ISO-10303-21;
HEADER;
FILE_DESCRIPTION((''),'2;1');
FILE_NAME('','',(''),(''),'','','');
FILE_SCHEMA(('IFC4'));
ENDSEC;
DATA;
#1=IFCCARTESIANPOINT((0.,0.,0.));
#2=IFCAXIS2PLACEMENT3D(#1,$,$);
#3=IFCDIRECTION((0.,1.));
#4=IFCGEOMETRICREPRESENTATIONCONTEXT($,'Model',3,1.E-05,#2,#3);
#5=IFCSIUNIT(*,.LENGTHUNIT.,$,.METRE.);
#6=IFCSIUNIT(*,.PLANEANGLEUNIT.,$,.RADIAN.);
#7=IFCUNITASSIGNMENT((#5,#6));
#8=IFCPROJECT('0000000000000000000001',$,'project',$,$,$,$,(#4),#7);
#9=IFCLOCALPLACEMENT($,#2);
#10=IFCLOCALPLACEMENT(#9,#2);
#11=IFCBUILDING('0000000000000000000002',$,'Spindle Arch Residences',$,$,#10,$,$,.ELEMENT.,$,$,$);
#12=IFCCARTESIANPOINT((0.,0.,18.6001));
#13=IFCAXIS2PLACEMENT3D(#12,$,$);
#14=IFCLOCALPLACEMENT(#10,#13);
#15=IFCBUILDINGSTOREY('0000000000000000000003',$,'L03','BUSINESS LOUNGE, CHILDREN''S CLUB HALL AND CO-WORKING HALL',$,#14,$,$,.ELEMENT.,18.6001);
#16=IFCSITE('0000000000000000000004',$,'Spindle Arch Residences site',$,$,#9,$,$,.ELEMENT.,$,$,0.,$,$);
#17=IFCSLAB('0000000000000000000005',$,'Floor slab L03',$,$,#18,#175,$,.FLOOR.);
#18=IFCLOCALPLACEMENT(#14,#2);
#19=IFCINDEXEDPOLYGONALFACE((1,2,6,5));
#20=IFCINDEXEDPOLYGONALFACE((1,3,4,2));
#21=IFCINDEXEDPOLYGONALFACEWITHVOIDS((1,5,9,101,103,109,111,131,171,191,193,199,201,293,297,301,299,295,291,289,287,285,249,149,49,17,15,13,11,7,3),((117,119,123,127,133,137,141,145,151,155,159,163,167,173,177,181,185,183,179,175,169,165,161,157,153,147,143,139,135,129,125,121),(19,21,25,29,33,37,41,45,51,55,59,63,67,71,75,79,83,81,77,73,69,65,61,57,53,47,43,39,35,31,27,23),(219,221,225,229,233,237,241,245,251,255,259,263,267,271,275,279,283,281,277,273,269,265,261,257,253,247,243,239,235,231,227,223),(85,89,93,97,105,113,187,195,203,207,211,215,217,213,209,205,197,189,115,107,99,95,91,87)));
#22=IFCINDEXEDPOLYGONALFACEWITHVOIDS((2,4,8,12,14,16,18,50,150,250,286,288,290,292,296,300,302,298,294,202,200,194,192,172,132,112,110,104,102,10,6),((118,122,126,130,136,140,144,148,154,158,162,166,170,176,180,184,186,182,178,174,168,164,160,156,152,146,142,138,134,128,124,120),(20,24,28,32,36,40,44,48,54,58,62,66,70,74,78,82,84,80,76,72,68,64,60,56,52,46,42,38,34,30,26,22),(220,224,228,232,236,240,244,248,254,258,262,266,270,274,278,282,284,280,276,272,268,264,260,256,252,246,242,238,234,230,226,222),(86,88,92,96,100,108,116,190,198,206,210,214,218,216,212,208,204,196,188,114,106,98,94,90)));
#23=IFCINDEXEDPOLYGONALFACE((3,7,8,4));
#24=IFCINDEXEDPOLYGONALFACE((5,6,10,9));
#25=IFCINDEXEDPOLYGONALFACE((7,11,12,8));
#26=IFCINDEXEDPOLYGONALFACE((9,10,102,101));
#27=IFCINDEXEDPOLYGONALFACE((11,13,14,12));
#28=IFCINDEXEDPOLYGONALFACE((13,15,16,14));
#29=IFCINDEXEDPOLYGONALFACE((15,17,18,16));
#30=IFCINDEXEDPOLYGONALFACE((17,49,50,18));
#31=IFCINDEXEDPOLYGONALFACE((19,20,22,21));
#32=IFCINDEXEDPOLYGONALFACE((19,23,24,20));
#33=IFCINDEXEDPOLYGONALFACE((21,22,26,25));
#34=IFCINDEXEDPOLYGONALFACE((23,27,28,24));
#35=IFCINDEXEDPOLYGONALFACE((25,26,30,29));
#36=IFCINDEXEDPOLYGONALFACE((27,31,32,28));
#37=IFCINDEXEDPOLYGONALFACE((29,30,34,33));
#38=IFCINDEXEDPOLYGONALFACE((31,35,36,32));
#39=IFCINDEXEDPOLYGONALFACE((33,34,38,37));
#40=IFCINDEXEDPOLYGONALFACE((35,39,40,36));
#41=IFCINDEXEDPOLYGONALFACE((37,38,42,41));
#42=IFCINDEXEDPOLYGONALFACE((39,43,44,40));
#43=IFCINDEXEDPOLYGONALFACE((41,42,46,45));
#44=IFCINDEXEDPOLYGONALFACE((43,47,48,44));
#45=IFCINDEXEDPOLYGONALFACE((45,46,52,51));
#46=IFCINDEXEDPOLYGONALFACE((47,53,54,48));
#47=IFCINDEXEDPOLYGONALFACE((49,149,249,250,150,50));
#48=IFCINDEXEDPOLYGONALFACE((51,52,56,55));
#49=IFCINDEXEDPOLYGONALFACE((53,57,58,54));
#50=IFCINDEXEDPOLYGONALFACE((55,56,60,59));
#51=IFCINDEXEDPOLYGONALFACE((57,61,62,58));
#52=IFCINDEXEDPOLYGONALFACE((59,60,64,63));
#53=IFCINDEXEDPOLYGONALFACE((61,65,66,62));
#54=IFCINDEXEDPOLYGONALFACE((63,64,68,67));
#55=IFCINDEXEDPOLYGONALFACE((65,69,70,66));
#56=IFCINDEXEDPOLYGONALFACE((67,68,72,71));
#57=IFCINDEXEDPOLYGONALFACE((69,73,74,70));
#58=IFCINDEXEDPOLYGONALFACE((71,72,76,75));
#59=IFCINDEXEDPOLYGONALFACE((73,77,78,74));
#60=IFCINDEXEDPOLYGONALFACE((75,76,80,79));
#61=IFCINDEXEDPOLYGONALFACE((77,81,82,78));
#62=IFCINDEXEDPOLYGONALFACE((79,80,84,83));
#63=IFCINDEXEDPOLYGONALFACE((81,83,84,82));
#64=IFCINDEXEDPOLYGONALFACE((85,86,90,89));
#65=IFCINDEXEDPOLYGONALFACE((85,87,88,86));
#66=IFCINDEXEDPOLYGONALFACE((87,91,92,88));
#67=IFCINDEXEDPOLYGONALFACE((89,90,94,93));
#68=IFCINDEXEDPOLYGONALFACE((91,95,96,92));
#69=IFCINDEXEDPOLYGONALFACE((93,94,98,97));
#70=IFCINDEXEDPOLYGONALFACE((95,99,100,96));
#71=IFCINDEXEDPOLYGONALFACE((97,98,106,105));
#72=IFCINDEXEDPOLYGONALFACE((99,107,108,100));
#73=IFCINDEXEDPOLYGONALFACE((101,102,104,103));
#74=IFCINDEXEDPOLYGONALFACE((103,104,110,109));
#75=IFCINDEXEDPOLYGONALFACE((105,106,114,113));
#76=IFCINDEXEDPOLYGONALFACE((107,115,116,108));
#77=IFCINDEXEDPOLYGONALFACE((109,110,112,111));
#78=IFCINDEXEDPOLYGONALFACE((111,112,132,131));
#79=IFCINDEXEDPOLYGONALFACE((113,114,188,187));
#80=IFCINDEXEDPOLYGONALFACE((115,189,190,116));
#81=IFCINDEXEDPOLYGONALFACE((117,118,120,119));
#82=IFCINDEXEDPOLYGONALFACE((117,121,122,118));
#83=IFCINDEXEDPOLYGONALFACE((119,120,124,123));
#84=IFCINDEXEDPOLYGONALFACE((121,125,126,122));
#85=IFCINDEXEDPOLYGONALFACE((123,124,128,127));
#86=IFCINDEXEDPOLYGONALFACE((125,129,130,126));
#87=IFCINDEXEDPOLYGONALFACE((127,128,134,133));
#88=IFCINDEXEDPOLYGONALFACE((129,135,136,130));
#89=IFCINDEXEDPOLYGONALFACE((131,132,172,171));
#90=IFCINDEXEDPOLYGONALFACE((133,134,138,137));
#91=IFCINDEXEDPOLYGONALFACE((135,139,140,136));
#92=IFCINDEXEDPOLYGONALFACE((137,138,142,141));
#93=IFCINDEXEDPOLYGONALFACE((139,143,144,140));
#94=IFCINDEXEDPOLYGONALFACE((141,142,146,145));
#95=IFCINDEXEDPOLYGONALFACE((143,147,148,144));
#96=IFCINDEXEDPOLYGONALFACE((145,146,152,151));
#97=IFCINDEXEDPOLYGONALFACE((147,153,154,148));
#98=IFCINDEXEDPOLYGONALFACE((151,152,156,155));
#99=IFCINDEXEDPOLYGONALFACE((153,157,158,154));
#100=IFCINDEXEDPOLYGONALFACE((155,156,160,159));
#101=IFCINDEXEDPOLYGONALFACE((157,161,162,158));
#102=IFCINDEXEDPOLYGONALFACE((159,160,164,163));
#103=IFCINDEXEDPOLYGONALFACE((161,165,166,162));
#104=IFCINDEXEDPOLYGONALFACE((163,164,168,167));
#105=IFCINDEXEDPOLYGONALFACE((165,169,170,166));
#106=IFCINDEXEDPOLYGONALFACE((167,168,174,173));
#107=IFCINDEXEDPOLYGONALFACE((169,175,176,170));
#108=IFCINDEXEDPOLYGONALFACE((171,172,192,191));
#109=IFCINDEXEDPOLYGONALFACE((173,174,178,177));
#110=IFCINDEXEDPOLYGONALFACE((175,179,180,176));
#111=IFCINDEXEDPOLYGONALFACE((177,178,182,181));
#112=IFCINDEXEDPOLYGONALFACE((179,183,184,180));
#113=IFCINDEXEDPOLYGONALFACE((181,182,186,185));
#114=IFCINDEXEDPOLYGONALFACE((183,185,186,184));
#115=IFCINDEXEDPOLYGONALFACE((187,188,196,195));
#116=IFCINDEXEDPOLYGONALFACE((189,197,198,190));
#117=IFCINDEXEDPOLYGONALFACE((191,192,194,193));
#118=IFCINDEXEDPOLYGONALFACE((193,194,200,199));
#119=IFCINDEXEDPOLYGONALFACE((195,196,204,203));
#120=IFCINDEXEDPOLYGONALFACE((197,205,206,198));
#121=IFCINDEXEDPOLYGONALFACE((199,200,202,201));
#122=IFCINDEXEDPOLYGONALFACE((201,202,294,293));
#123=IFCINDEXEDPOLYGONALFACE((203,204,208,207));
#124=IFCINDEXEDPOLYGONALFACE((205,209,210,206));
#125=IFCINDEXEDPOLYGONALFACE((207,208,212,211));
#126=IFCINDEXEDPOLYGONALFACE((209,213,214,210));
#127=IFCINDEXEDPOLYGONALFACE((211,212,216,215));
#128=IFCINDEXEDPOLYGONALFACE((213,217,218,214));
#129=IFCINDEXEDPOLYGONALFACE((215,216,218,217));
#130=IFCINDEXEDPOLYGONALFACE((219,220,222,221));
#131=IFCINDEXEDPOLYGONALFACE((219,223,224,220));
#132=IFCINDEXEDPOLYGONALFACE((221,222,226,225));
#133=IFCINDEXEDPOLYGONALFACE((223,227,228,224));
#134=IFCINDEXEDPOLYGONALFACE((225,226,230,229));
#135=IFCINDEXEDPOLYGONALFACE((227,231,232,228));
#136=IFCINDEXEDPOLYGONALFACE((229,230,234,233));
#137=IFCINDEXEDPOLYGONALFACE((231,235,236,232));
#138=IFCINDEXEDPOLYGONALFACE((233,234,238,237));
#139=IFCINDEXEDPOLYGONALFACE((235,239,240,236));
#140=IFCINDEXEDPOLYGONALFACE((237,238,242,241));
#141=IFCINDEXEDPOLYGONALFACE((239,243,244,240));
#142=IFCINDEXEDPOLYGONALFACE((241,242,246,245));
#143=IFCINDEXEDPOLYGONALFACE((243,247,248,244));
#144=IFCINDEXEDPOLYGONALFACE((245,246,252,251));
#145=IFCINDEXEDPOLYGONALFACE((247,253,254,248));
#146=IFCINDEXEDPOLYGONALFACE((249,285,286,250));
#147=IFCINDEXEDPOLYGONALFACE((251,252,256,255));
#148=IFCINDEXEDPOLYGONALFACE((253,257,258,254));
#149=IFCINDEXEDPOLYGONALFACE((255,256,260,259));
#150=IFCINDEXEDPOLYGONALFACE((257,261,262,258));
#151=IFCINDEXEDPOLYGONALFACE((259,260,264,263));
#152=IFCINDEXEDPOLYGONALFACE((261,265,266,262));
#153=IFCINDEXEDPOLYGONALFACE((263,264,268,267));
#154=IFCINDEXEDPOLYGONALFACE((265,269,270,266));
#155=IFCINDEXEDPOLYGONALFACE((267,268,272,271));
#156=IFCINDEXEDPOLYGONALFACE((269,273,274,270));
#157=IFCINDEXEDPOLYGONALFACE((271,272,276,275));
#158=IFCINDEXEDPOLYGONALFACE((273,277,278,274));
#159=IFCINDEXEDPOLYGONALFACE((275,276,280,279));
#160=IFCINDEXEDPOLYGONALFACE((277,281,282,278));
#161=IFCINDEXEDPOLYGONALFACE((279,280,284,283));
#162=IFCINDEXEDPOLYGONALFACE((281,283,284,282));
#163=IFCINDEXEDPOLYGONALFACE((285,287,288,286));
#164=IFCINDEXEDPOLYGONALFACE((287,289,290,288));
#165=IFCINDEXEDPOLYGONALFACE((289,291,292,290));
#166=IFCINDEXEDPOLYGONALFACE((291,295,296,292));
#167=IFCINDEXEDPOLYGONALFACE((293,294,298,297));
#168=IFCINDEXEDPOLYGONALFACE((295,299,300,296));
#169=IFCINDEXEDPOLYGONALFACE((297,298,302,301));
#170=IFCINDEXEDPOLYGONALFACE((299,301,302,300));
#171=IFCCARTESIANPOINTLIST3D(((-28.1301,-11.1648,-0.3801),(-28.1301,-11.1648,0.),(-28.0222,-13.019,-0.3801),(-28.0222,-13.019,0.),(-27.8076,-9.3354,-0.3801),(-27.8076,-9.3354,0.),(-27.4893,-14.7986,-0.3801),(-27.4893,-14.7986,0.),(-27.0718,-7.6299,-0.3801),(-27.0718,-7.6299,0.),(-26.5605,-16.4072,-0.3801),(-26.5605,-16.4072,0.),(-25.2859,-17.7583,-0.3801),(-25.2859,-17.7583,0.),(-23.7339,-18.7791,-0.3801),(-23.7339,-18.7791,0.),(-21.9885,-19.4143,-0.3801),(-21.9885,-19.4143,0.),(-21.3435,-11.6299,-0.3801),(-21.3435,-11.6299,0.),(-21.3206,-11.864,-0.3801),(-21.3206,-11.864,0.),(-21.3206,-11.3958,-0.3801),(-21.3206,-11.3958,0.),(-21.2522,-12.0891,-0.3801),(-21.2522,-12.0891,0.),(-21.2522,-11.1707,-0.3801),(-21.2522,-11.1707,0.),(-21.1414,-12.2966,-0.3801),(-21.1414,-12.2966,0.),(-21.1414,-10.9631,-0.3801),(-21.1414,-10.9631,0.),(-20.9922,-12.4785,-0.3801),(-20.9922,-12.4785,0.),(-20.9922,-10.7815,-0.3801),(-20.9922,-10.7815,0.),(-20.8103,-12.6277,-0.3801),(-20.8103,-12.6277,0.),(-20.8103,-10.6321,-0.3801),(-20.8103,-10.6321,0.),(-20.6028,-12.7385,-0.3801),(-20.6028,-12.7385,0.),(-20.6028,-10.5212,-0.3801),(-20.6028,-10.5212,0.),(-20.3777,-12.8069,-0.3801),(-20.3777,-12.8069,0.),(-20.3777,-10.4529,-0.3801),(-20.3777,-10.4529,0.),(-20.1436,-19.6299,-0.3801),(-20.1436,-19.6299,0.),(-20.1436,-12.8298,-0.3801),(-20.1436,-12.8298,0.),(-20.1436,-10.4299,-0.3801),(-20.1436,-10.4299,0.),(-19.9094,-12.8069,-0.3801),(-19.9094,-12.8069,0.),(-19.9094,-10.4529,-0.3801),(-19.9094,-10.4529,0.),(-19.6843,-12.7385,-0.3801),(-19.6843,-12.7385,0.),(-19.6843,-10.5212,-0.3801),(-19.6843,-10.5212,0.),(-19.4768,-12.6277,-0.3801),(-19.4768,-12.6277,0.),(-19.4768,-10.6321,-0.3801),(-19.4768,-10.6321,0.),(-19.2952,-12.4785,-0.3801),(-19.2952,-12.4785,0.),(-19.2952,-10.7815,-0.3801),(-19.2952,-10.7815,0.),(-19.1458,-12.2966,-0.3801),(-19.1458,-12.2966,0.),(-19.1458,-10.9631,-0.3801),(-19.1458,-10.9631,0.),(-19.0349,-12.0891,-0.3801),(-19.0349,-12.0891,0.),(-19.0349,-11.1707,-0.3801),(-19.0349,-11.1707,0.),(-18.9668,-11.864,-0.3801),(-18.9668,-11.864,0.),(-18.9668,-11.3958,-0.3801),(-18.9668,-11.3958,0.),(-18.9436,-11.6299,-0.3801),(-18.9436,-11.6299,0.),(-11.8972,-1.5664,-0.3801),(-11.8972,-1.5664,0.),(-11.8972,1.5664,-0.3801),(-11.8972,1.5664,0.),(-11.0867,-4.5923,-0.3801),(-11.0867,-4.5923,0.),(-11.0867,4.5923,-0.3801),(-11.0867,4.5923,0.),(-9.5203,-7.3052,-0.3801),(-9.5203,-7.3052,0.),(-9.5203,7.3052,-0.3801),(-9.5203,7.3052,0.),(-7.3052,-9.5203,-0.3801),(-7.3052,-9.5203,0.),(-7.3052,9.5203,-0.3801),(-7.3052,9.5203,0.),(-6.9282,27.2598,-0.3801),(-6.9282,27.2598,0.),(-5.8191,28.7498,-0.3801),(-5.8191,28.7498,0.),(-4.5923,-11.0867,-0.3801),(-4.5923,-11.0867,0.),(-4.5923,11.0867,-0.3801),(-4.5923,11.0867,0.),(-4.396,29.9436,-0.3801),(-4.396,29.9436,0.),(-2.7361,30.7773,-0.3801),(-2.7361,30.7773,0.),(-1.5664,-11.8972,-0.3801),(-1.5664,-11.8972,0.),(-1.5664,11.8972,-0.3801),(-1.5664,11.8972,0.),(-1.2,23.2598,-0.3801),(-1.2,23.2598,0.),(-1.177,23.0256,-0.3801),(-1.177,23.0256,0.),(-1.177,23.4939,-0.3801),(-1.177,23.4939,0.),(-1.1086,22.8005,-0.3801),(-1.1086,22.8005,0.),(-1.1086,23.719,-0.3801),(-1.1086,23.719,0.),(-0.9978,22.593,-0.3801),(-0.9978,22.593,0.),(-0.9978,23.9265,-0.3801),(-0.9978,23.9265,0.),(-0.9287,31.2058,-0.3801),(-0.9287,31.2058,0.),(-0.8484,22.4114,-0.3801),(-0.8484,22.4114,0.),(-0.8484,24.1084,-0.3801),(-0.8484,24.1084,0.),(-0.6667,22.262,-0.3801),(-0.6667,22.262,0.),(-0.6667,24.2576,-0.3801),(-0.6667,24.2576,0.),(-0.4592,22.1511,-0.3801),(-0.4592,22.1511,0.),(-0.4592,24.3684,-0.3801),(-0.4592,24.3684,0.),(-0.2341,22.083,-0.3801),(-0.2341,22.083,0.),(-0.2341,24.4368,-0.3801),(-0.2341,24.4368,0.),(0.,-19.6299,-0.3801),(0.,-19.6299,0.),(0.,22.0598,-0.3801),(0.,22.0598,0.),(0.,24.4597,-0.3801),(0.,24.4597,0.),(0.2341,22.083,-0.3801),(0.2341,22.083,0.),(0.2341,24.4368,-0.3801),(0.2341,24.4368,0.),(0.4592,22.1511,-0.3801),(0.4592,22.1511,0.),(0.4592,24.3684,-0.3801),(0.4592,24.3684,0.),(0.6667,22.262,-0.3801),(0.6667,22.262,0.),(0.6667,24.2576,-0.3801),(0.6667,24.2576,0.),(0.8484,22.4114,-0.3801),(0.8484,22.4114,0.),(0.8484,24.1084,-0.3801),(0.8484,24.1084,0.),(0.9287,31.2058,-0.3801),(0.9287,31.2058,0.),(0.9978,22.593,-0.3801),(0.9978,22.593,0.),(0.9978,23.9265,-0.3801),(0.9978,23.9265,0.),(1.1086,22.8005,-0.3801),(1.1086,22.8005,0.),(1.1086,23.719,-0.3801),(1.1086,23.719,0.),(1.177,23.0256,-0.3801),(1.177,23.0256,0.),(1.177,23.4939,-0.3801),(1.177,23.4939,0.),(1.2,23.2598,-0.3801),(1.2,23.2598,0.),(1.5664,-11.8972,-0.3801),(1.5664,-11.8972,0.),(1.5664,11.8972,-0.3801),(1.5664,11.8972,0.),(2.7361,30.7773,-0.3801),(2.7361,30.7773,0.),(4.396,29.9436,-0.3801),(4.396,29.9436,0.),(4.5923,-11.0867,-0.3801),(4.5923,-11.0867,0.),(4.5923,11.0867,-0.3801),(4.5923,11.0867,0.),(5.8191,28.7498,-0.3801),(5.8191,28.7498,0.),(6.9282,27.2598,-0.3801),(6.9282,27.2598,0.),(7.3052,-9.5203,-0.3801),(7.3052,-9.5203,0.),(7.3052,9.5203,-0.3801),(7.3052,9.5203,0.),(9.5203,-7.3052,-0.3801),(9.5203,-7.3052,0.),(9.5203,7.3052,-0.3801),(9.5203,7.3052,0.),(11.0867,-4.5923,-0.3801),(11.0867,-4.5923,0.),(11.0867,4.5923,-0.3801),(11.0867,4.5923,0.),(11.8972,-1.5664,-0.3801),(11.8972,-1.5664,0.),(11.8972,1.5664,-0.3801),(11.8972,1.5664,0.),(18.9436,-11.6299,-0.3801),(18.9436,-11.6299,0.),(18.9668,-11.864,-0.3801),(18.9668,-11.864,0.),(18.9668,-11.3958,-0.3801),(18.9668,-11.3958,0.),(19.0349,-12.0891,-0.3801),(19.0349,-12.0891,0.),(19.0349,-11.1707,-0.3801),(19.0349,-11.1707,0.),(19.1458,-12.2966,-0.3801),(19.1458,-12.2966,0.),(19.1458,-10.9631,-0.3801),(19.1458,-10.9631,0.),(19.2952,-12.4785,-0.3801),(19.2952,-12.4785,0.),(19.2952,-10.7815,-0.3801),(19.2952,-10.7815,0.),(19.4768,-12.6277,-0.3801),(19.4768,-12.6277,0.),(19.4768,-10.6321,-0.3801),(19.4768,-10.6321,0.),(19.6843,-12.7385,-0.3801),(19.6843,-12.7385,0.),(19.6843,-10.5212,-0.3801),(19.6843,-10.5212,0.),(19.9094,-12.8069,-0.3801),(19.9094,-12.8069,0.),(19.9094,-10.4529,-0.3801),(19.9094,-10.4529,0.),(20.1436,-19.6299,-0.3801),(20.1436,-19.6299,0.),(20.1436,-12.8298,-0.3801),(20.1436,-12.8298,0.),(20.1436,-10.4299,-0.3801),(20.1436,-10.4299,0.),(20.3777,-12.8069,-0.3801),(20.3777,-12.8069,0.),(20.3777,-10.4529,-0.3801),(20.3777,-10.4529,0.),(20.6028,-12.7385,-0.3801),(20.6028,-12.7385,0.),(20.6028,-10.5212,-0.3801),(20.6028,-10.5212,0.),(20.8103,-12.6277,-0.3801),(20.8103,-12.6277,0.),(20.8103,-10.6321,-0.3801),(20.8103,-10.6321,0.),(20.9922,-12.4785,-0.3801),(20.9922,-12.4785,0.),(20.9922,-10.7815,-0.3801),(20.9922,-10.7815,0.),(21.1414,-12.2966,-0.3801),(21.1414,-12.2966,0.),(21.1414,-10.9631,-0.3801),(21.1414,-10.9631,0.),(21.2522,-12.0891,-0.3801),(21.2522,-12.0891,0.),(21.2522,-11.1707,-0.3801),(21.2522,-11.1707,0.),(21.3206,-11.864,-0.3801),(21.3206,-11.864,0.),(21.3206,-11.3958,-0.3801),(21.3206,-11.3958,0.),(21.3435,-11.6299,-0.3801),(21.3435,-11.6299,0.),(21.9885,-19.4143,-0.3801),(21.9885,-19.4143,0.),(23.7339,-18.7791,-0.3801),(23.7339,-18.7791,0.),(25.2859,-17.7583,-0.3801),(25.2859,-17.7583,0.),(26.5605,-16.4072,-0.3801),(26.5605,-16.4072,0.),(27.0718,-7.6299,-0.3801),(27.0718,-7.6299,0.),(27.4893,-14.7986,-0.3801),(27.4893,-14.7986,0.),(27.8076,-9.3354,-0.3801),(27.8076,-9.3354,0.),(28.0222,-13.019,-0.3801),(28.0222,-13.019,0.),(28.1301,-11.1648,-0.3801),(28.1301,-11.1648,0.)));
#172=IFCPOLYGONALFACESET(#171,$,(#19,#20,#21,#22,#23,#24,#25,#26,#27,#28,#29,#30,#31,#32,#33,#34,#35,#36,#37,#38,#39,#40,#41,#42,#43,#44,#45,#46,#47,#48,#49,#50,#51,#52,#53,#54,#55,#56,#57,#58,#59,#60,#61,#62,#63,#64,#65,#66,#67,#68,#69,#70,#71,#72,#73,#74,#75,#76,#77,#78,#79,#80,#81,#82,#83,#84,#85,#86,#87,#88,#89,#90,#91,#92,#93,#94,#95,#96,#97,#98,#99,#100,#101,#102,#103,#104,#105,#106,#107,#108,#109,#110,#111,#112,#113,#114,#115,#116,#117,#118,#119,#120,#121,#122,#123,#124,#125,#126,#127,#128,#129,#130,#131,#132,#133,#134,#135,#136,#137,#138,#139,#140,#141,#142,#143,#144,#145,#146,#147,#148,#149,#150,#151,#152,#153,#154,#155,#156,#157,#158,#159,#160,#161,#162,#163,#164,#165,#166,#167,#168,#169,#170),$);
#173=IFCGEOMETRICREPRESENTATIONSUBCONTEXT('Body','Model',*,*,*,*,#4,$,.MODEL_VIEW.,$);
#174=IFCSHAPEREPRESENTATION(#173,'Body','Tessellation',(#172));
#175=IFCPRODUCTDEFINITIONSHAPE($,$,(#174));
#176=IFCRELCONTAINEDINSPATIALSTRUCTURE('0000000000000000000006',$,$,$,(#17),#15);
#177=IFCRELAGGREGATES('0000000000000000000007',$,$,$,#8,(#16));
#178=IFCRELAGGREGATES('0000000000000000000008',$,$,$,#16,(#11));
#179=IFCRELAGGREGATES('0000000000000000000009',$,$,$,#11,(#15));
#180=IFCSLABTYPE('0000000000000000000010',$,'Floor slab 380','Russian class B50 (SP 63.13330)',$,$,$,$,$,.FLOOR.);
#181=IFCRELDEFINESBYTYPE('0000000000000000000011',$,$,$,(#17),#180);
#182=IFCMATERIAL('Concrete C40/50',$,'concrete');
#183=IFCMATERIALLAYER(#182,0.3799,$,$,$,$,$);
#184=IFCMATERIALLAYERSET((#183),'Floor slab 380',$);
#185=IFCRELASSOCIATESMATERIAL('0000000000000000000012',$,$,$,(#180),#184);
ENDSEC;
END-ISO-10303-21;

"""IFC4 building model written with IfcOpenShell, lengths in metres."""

from ifc_helpers import new_model, si_unit, direction, frame, origin, place, context, subcontext, project, spatial, polyline, outline, extrude, material, layer, layer_set, type_object, element, save


model = new_model("IFC4")

# Units and contexts
model_context = context("Model", 3, precision=1e-05, world=origin(), true_north=direction((0.0, 1.0)))
body_context = subcontext(model_context, "Body", "Model", "MODEL_VIEW")
ifc_project = project(units=[si_unit("LENGTHUNIT", "METRE"), si_unit("PLANEANGLEUNIT", "RADIAN")], contexts=[model_context])

# Site, building, storey
site_placement = place(None, origin())
site = spatial("IfcSite", under=ifc_project, at=site_placement, Name="Spindle Arch Residences site", CompositionType="ELEMENT", RefElevation=0.0)
building_placement = place(site_placement, origin())
building = spatial("IfcBuilding", under=site, at=building_placement, Name="Spindle Arch Residences", CompositionType="ELEMENT")
storey_placement = place(building_placement, frame((0.0, 0.0, 18.6001)))
storey = spatial("IfcBuildingStorey", under=building, at=storey_placement, Name="L03", Description="BUSINESS LOUNGE, CHILDREN'S CLUB HALL AND CO-WORKING HALL", CompositionType="ELEMENT", Elevation=18.6001)

# Slab
ifc_material_1 = material(Name="Concrete C40/50", Category="concrete")
ifc_layer_1 = layer(ifc_material_1, 0.3799)
ifc_layer_set_1 = layer_set([ifc_layer_1], Name="Floor slab 380")
slab_type_1 = type_object("IfcSlabType", Name="Floor slab 380", Description="Russian class B50 (SP 63.13330)", PredefinedType="FLOOR", material=ifc_layer_set_1)
slab_1_placement = place(storey_placement, frame((0.0, 0.0, -0.3801)))
element("IfcSlab", 1, at=slab_1_placement, inside=storey, type_object=slab_type_1, Name="Floor slab L03", PredefinedType="FLOOR", context=body_context, shape_type="SweptSolid", body=[
    extrude(outline(polyline([(-21.9885, -19.4143), (-23.7339, -18.7791), (-25.2859, -17.7583), (-26.5605, -16.4072), (-27.4893, -14.7986), (-28.0222, -13.019), (-28.1301, -11.1648), (-27.8076, -9.3354), (-27.0718, -7.6299), (-6.9282, 27.2598), (-5.8191, 28.7498), (-4.396, 29.9436), (-2.7361, 30.7773), (-0.9287, 31.2058), (0.9287, 31.2058), (2.7361, 30.7773), (4.396, 29.9436), (5.8191, 28.7498), (6.9282, 27.2598), (27.0718, -7.6299), (27.8076, -9.3354), (28.1301, -11.1648), (28.0222, -13.019), (27.4893, -14.7986), (26.5605, -16.4072), (25.2859, -17.7583), (23.7339, -18.7791), (21.9885, -19.4143), (20.1436, -19.6299), (0.0, -19.6299), (-20.1436, -19.6299), (-21.9885, -19.4143)]), holes=[polyline([(7.3052, -9.5203), (9.5203, -7.3052), (11.0867, -4.5923), (11.8972, -1.5664), (11.8972, 1.5664), (11.0867, 4.5923), (9.5203, 7.3052), (7.3052, 9.5203), (4.5923, 11.0867), (1.5664, 11.8972), (-1.5664, 11.8972), (-4.5923, 11.0867), (-7.3052, 9.5203), (-9.5203, 7.3052), (-11.0867, 4.5923), (-11.8972, 1.5664), (-11.8972, -1.5664), (-11.0867, -4.5923), (-9.5203, -7.3052), (-7.3052, -9.5203), (-4.5923, -11.0867), (-1.5664, -11.8972), (1.5664, -11.8972), (4.5923, -11.0867), (7.3052, -9.5203)]), polyline([(-19.2952, -12.4785), (-19.1458, -12.2966), (-19.0349, -12.0891), (-18.9668, -11.864), (-18.9436, -11.6299), (-18.9668, -11.3958), (-19.0349, -11.1707), (-19.1458, -10.9631), (-19.2952, -10.7815), (-19.4768, -10.6321), (-19.6843, -10.5212), (-19.9094, -10.4529), (-20.1436, -10.4299), (-20.3777, -10.4529), (-20.6028, -10.5212), (-20.8103, -10.6321), (-20.9922, -10.7815), (-21.1414, -10.9631), (-21.2522, -11.1707), (-21.3206, -11.3958), (-21.3435, -11.6299), (-21.3206, -11.864), (-21.2522, -12.0891), (-21.1414, -12.2966), (-20.9922, -12.4785), (-20.8103, -12.6277), (-20.6028, -12.7385), (-20.3777, -12.8069), (-20.1436, -12.8298), (-19.9094, -12.8069), (-19.6843, -12.7385), (-19.4768, -12.6277), (-19.2952, -12.4785)]), polyline([(0.8484, 22.4114), (0.9978, 22.593), (1.1086, 22.8005), (1.177, 23.0256), (1.2, 23.2598), (1.177, 23.4939), (1.1086, 23.719), (0.9978, 23.9265), (0.8484, 24.1084), (0.6667, 24.2576), (0.4592, 24.3684), (0.2341, 24.4368), (0.0, 24.4597), (-0.2341, 24.4368), (-0.4592, 24.3684), (-0.6667, 24.2576), (-0.8484, 24.1084), (-0.9978, 23.9265), (-1.1086, 23.719), (-1.177, 23.4939), (-1.2, 23.2598), (-1.177, 23.0256), (-1.1086, 22.8005), (-0.9978, 22.593), (-0.8484, 22.4114), (-0.6667, 22.262), (-0.4592, 22.1511), (-0.2341, 22.083), (0.0, 22.0598), (0.2341, 22.083), (0.4592, 22.1511), (0.6667, 22.262), (0.8484, 22.4114)]), polyline([(20.9922, -12.4785), (21.1414, -12.2966), (21.2522, -12.0891), (21.3206, -11.864), (21.3435, -11.6299), (21.3206, -11.3958), (21.2522, -11.1707), (21.1414, -10.9631), (20.9922, -10.7815), (20.8103, -10.6321), (20.6028, -10.5212), (20.3777, -10.4529), (20.1436, -10.4299), (19.9094, -10.4529), (19.6843, -10.5212), (19.4768, -10.6321), (19.2952, -10.7815), (19.1458, -10.9631), (19.0349, -11.1707), (18.9668, -11.3958), (18.9436, -11.6299), (18.9668, -11.864), (19.0349, -12.0891), (19.1458, -12.2966), (19.2952, -12.4785), (19.4768, -12.6277), (19.6843, -12.7385), (19.9094, -12.8069), (20.1436, -12.8298), (20.3777, -12.8069), (20.6028, -12.7385), (20.8103, -12.6277), (20.9922, -12.4785)])]), origin(), (0.0, 0.0, 1.0), 0.3801),
])

save(model, "model.ifc")
